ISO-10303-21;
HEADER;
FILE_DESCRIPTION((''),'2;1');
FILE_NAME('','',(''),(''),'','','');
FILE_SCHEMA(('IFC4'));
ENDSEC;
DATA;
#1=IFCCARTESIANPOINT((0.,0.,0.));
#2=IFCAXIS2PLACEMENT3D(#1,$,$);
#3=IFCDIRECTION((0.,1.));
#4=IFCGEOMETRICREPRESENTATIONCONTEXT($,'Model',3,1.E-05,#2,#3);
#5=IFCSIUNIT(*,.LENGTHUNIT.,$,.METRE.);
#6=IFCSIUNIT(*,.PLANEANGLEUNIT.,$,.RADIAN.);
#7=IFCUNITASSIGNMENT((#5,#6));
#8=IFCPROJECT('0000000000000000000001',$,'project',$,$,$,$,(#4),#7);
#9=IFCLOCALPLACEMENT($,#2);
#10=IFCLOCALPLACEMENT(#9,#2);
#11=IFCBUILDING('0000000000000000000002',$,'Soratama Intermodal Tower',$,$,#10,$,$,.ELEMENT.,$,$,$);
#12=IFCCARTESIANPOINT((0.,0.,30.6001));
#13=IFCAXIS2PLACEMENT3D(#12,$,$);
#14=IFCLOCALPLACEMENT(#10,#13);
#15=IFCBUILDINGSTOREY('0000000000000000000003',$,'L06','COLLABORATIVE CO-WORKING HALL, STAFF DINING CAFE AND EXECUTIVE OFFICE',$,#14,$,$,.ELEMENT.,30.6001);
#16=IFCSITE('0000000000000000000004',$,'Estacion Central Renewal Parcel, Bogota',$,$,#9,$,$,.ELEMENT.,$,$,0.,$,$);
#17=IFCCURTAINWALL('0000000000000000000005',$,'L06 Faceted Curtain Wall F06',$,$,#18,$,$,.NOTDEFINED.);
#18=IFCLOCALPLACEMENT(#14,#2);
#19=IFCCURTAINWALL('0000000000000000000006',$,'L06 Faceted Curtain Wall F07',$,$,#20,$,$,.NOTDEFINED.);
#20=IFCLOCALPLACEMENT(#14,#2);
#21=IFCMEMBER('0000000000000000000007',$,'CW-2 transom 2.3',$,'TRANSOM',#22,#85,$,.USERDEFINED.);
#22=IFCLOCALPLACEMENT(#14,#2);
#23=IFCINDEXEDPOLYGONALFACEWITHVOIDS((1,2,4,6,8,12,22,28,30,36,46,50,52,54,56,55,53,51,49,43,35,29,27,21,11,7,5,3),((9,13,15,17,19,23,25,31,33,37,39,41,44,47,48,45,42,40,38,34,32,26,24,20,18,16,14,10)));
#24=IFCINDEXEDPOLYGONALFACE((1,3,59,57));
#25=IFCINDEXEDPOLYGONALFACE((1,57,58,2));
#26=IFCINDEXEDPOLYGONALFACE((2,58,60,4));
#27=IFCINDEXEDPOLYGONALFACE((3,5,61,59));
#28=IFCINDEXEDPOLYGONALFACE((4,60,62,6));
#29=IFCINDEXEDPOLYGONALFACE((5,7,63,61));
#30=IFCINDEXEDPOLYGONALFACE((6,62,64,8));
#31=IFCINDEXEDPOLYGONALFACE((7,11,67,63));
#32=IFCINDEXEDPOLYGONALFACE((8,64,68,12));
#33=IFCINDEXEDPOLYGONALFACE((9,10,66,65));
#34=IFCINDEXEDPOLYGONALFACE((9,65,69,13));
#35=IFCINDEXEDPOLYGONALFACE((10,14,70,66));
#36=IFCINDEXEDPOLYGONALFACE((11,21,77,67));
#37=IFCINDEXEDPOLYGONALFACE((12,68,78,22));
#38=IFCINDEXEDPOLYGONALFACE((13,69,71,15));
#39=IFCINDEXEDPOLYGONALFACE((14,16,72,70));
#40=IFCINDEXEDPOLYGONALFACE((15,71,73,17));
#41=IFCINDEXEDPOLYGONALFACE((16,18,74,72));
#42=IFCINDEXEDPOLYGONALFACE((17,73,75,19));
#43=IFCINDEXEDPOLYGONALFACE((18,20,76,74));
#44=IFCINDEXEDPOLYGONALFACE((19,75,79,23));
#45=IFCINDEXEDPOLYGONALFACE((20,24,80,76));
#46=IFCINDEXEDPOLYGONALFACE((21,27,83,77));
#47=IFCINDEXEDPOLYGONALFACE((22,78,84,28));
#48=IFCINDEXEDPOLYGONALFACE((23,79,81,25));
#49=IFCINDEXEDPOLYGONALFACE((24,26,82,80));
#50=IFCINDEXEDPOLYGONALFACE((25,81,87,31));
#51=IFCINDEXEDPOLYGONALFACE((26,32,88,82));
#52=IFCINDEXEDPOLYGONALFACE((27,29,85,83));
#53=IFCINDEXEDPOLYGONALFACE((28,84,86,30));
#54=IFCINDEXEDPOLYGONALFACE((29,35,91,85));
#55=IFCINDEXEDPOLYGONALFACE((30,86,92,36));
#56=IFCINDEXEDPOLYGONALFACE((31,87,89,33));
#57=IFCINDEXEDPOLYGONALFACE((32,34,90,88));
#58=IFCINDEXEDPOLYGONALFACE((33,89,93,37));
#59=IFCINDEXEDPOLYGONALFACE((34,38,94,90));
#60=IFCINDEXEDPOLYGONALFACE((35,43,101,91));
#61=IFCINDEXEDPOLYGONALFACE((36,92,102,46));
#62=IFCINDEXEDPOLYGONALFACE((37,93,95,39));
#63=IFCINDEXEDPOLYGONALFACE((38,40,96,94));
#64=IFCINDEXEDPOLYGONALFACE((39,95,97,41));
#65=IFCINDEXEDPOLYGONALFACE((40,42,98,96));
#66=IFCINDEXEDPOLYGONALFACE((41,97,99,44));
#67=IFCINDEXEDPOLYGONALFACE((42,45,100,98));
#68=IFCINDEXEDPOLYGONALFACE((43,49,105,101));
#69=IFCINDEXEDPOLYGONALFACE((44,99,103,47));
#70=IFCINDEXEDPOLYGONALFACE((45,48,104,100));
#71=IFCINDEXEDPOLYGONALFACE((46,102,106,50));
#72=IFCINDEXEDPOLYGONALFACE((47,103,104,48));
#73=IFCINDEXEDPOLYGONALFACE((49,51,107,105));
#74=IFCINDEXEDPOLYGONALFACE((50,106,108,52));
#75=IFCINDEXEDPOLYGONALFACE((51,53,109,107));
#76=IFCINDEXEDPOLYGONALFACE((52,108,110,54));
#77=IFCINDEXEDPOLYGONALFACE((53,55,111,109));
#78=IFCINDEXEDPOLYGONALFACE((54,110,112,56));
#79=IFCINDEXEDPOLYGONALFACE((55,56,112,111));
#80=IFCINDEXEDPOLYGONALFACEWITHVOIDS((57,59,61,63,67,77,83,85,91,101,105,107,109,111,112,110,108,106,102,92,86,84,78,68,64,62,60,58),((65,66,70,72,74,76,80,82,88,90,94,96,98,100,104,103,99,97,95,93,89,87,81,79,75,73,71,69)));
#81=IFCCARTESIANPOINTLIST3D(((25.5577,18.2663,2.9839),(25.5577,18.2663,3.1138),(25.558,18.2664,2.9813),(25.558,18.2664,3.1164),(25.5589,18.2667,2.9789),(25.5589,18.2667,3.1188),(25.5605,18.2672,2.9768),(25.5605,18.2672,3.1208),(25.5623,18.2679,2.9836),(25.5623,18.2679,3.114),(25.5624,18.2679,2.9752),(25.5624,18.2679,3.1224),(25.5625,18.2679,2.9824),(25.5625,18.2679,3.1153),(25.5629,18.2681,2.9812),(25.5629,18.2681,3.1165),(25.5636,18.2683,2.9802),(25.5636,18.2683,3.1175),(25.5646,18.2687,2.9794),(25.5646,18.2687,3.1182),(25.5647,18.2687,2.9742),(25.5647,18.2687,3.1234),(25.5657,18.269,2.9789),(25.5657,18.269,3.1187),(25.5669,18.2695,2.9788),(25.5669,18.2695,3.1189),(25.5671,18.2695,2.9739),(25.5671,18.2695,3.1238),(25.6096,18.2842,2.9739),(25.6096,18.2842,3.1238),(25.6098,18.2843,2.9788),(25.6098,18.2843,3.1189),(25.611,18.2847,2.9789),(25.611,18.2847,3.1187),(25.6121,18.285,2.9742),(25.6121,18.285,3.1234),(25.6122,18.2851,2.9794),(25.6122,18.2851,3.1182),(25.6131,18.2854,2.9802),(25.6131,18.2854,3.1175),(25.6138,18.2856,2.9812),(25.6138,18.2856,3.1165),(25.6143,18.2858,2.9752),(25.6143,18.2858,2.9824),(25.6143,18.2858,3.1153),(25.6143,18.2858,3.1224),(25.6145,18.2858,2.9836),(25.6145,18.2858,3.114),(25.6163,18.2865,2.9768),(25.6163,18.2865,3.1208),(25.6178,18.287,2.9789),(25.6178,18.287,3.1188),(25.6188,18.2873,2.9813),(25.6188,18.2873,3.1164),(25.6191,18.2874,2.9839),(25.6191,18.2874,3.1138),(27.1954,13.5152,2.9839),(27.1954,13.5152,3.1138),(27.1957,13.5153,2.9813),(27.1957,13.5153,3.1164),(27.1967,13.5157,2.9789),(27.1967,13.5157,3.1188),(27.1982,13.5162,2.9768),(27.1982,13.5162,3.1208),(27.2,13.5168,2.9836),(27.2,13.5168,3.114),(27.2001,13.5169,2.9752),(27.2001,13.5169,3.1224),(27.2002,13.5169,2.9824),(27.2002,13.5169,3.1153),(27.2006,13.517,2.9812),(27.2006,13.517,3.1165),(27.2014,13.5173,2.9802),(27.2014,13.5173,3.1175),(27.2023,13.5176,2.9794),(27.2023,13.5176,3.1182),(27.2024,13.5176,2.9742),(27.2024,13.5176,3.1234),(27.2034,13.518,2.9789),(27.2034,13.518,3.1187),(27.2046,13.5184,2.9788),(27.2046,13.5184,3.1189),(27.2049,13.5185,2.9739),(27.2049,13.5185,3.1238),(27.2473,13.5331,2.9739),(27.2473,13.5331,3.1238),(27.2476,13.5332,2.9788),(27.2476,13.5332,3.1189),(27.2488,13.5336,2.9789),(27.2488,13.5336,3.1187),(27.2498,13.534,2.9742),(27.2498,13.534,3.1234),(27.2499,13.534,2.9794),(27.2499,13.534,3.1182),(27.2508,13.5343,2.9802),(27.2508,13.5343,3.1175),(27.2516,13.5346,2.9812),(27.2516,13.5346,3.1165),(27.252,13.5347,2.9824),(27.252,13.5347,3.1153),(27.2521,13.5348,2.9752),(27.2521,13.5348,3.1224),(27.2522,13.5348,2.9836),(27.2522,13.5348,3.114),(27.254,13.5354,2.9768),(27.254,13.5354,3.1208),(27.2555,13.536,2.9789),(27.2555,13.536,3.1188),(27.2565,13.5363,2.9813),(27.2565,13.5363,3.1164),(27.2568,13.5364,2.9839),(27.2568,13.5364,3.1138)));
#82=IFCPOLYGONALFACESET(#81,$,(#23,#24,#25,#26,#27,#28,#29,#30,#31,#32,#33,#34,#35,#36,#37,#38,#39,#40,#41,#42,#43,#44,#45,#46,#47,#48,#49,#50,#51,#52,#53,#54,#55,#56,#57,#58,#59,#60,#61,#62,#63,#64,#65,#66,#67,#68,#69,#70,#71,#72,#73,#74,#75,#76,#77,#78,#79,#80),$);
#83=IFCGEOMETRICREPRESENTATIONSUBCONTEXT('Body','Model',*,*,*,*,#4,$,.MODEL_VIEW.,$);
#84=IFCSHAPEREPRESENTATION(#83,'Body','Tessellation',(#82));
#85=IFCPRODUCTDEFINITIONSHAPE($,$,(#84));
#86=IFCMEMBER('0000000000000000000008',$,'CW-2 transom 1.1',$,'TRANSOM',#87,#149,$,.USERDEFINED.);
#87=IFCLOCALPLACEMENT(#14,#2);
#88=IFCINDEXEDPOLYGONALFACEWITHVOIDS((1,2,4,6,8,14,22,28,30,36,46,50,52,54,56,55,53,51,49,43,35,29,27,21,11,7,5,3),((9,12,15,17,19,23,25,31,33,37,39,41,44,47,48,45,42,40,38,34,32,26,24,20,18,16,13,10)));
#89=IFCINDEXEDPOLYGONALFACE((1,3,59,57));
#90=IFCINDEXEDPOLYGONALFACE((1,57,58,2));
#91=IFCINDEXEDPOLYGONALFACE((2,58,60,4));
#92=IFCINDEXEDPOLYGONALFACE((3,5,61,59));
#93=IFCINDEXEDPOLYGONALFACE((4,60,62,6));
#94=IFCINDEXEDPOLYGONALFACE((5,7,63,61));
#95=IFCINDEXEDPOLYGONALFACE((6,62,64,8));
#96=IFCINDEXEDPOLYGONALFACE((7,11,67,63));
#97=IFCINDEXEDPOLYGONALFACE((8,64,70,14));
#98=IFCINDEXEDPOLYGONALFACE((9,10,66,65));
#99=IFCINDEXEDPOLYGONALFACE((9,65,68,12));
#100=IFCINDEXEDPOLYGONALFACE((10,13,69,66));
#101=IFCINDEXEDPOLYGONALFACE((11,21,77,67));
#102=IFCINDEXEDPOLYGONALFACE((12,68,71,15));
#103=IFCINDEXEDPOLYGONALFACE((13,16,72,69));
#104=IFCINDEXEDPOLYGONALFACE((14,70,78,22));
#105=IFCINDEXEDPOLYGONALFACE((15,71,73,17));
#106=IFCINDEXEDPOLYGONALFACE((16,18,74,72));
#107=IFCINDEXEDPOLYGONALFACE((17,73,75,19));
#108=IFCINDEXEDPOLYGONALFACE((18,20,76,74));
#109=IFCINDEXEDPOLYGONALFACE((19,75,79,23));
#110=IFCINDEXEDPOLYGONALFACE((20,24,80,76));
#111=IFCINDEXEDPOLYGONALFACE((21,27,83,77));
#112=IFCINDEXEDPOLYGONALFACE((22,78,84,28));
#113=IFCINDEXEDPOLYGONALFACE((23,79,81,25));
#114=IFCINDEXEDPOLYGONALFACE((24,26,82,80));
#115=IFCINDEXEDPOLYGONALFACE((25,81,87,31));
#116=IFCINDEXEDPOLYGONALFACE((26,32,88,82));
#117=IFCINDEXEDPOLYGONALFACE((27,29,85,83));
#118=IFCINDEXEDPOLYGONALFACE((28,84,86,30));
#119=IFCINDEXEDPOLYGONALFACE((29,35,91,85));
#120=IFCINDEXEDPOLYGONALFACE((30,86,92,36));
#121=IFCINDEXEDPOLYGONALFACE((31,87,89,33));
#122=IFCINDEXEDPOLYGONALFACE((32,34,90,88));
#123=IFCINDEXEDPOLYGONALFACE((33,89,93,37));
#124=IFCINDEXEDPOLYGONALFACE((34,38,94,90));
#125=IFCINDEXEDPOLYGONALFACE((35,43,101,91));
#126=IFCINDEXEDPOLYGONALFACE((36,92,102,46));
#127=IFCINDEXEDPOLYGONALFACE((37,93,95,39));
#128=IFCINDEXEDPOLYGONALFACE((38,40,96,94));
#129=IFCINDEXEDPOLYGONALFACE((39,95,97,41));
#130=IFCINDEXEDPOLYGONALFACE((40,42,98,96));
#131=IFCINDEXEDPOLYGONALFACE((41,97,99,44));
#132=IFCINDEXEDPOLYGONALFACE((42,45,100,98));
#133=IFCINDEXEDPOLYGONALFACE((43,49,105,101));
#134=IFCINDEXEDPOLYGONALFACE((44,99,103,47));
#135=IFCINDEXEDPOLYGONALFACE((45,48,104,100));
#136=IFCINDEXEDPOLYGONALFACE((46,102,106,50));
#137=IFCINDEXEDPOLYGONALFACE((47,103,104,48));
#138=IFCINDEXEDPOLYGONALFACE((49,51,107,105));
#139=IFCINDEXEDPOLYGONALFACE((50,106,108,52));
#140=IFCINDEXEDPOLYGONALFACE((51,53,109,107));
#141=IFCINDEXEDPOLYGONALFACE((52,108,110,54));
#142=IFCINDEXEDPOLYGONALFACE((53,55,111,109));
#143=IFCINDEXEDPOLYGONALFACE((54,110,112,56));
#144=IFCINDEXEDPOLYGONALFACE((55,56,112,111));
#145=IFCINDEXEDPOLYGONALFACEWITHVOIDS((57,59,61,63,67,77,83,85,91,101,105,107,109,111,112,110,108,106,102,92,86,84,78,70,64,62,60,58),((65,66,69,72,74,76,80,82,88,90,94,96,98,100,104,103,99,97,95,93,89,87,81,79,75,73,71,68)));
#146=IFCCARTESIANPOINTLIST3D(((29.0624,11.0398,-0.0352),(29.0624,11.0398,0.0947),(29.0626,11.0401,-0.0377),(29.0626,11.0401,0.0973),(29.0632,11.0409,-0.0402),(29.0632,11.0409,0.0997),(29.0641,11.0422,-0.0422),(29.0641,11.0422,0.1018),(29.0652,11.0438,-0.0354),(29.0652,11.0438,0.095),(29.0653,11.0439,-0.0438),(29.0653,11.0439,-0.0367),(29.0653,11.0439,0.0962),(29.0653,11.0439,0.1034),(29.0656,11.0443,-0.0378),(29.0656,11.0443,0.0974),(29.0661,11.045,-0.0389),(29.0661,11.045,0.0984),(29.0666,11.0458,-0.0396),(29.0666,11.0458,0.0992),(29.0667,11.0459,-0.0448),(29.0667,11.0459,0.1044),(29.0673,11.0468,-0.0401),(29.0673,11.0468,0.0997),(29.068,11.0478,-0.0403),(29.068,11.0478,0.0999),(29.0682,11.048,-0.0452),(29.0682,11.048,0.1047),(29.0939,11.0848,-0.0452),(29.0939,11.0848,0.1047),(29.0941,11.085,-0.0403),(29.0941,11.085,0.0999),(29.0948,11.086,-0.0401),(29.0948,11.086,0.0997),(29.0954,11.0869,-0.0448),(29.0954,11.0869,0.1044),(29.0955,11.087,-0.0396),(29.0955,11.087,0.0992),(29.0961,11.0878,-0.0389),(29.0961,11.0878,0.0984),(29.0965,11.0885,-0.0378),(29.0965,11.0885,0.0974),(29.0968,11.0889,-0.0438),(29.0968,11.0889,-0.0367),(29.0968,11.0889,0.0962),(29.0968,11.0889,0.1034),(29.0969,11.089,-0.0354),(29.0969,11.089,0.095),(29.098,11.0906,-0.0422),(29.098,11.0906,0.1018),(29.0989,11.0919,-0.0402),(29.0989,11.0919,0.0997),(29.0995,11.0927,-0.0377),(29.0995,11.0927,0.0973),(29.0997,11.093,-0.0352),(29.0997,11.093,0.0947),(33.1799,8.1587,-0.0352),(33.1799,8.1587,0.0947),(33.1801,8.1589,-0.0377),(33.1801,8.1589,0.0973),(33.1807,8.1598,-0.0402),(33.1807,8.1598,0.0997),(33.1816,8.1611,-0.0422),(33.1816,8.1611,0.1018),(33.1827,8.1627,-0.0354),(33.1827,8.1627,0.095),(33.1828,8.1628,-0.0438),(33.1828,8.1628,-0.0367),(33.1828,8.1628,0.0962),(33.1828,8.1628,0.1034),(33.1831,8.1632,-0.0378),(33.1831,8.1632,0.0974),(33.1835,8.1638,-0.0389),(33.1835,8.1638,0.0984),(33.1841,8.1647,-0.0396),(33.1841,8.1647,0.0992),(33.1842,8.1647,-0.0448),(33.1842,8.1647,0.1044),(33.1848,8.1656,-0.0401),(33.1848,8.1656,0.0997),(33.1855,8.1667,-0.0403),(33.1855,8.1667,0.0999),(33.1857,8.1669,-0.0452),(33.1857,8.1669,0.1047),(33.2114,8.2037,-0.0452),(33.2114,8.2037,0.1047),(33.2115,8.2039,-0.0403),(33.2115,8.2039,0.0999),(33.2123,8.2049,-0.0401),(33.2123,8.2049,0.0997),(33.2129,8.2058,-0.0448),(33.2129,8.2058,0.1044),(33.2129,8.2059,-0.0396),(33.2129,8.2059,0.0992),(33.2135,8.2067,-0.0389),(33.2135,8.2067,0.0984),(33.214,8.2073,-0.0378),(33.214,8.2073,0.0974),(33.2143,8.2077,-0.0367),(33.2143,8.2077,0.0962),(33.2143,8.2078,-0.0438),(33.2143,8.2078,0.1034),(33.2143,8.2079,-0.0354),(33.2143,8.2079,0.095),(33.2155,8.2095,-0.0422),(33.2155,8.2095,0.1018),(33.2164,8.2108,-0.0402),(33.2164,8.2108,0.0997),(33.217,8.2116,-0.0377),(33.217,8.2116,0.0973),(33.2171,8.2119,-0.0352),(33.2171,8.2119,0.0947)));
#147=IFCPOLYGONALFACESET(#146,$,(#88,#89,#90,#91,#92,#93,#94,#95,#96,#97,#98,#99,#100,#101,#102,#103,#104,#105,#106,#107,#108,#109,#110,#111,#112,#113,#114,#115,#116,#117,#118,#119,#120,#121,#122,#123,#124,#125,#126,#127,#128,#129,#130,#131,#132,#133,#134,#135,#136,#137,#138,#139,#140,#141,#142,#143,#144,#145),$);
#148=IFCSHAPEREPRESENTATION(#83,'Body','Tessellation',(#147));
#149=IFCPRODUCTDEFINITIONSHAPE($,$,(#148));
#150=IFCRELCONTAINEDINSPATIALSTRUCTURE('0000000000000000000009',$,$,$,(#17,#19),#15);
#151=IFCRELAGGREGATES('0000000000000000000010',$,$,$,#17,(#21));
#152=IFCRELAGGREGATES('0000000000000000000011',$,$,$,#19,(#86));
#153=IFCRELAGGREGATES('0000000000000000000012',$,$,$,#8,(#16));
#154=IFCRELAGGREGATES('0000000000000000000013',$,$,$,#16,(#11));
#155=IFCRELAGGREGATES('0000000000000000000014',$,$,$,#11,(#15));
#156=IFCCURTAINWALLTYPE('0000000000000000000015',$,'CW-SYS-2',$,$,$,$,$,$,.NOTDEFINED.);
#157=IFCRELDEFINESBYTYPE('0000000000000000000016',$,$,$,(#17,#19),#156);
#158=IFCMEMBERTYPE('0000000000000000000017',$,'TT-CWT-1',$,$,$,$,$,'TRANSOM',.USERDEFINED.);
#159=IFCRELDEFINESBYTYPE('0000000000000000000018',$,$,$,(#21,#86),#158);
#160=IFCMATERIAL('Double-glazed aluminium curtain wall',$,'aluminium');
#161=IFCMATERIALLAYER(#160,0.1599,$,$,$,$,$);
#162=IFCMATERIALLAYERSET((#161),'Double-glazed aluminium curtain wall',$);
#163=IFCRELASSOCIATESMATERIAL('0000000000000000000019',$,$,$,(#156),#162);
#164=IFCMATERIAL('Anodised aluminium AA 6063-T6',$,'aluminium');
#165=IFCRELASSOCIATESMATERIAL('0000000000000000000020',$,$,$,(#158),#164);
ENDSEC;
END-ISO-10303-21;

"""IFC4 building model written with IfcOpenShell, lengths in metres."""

from ifc_helpers import new_model, si_unit, direction, frame, origin, origin_2d, place, context, subcontext, project, spatial, hollow_rectangle, extrude, material, layer, layer_set, material_profile, profile_set, type_object, element, aggregate, save


model = new_model("IFC4")

# Units and contexts
model_context = context("Model", 3, precision=1e-05, world=origin(), true_north=direction((0.0, 1.0)))
body_context = subcontext(model_context, "Body", "Model", "MODEL_VIEW")
ifc_project = project(units=[si_unit("LENGTHUNIT", "METRE"), si_unit("PLANEANGLEUNIT", "RADIAN")], contexts=[model_context])

# Site, building, storey
site_placement = place(None, origin())
site = spatial("IfcSite", under=ifc_project, at=site_placement, Name="Estacion Central Renewal Parcel, Bogota", CompositionType="ELEMENT", RefElevation=0.0)
building_placement = place(site_placement, origin())
building = spatial("IfcBuilding", under=site, at=building_placement, Name="Soratama Intermodal Tower", CompositionType="ELEMENT")
storey_placement = place(building_placement, frame((0.0, 0.0, 30.6001)))
storey = spatial("IfcBuildingStorey", under=building, at=storey_placement, Name="L06", Description="COLLABORATIVE CO-WORKING HALL, STAFF DINING CAFE AND EXECUTIVE OFFICE", CompositionType="ELEMENT", Elevation=30.6001)

# Curtain walls
ifc_material_1 = material(Name="Double-glazed aluminium curtain wall", Category="aluminium")
ifc_layer_1 = layer(ifc_material_1, 0.1599)
ifc_layer_set_1 = layer_set([ifc_layer_1], Name="Double-glazed aluminium curtain wall")
curtain_wall_type = type_object("IfcCurtainWallType", Name="CW-SYS-2", PredefinedType="NOTDEFINED", material=ifc_layer_set_1)
curtain_wall_1_placement = place(storey_placement, origin())
curtain_wall_1 = element("IfcCurtainWall", 1, at=curtain_wall_1_placement, inside=storey, type_object=curtain_wall_type, Name="L06 Faceted Curtain Wall F06", PredefinedType="NOTDEFINED")
curtain_wall_2_placement = place(storey_placement, origin())
curtain_wall_2 = element("IfcCurtainWall", 2, at=curtain_wall_2_placement, inside=storey, type_object=curtain_wall_type, Name="L06 Faceted Curtain Wall F07", PredefinedType="NOTDEFINED")

# Members
ifc_material_2 = material(Name="Anodised aluminium AA 6063-T6", Category="aluminium")
ifc_material_profile_1 = material_profile(ifc_material_2, hollow_rectangle(XDim=0.0649, YDim=0.1499, WallThickness=0.0049, InnerFilletRadius=0.0049, OuterFilletRadius=0.01, at=origin_2d()), Name="CWT150X65X5")
ifc_profile_set_1 = profile_set([ifc_material_profile_1], Name="Anodised aluminium AA 6063-T6")
member_type_1 = type_object("IfcMemberType", Name="TT-CWT-1", ElementType="TRANSOM", PredefinedType="USERDEFINED", material=ifc_profile_set_1)
member_1_placement = place(storey_placement, frame((25.5884, 18.2769, 3.0488), z_axis=(0.325889, -0.945408, 0.0), x_axis=(0.945408, 0.325889, 0.0)))
member_1 = element("IfcMember", 3, at=member_1_placement, type_object=member_type_1, Name="CW-2 transom 2.3", ObjectType="TRANSOM", PredefinedType="USERDEFINED", context=body_context, shape_type="SweptSolid", body=[
    extrude(hollow_rectangle(XDim=0.0649, YDim=0.1499, WallThickness=0.0049, InnerFilletRadius=0.0049, OuterFilletRadius=0.01, at=origin_2d()), origin(), (0.0, 0.0, 1.0), 5.0254),
])
member_2_placement = place(storey_placement, frame((29.0811, 11.0664, 0.0298), z_axis=(0.819335, -0.573316, 0.0), x_axis=(0.573316, 0.819335, 0.0)))
member_2 = element("IfcMember", 4, at=member_2_placement, type_object=member_type_1, Name="CW-2 transom 1.1", ObjectType="TRANSOM", PredefinedType="USERDEFINED", context=body_context, shape_type="SweptSolid", body=[
    extrude(hollow_rectangle(XDim=0.0649, YDim=0.1499, WallThickness=0.0049, InnerFilletRadius=0.0049, OuterFilletRadius=0.01, at=origin_2d()), origin(), (0.0, 0.0, 1.0), 5.0254),
])

aggregate(curtain_wall_1, [member_1])
aggregate(curtain_wall_2, [member_2])

save(model, "model.ifc")
